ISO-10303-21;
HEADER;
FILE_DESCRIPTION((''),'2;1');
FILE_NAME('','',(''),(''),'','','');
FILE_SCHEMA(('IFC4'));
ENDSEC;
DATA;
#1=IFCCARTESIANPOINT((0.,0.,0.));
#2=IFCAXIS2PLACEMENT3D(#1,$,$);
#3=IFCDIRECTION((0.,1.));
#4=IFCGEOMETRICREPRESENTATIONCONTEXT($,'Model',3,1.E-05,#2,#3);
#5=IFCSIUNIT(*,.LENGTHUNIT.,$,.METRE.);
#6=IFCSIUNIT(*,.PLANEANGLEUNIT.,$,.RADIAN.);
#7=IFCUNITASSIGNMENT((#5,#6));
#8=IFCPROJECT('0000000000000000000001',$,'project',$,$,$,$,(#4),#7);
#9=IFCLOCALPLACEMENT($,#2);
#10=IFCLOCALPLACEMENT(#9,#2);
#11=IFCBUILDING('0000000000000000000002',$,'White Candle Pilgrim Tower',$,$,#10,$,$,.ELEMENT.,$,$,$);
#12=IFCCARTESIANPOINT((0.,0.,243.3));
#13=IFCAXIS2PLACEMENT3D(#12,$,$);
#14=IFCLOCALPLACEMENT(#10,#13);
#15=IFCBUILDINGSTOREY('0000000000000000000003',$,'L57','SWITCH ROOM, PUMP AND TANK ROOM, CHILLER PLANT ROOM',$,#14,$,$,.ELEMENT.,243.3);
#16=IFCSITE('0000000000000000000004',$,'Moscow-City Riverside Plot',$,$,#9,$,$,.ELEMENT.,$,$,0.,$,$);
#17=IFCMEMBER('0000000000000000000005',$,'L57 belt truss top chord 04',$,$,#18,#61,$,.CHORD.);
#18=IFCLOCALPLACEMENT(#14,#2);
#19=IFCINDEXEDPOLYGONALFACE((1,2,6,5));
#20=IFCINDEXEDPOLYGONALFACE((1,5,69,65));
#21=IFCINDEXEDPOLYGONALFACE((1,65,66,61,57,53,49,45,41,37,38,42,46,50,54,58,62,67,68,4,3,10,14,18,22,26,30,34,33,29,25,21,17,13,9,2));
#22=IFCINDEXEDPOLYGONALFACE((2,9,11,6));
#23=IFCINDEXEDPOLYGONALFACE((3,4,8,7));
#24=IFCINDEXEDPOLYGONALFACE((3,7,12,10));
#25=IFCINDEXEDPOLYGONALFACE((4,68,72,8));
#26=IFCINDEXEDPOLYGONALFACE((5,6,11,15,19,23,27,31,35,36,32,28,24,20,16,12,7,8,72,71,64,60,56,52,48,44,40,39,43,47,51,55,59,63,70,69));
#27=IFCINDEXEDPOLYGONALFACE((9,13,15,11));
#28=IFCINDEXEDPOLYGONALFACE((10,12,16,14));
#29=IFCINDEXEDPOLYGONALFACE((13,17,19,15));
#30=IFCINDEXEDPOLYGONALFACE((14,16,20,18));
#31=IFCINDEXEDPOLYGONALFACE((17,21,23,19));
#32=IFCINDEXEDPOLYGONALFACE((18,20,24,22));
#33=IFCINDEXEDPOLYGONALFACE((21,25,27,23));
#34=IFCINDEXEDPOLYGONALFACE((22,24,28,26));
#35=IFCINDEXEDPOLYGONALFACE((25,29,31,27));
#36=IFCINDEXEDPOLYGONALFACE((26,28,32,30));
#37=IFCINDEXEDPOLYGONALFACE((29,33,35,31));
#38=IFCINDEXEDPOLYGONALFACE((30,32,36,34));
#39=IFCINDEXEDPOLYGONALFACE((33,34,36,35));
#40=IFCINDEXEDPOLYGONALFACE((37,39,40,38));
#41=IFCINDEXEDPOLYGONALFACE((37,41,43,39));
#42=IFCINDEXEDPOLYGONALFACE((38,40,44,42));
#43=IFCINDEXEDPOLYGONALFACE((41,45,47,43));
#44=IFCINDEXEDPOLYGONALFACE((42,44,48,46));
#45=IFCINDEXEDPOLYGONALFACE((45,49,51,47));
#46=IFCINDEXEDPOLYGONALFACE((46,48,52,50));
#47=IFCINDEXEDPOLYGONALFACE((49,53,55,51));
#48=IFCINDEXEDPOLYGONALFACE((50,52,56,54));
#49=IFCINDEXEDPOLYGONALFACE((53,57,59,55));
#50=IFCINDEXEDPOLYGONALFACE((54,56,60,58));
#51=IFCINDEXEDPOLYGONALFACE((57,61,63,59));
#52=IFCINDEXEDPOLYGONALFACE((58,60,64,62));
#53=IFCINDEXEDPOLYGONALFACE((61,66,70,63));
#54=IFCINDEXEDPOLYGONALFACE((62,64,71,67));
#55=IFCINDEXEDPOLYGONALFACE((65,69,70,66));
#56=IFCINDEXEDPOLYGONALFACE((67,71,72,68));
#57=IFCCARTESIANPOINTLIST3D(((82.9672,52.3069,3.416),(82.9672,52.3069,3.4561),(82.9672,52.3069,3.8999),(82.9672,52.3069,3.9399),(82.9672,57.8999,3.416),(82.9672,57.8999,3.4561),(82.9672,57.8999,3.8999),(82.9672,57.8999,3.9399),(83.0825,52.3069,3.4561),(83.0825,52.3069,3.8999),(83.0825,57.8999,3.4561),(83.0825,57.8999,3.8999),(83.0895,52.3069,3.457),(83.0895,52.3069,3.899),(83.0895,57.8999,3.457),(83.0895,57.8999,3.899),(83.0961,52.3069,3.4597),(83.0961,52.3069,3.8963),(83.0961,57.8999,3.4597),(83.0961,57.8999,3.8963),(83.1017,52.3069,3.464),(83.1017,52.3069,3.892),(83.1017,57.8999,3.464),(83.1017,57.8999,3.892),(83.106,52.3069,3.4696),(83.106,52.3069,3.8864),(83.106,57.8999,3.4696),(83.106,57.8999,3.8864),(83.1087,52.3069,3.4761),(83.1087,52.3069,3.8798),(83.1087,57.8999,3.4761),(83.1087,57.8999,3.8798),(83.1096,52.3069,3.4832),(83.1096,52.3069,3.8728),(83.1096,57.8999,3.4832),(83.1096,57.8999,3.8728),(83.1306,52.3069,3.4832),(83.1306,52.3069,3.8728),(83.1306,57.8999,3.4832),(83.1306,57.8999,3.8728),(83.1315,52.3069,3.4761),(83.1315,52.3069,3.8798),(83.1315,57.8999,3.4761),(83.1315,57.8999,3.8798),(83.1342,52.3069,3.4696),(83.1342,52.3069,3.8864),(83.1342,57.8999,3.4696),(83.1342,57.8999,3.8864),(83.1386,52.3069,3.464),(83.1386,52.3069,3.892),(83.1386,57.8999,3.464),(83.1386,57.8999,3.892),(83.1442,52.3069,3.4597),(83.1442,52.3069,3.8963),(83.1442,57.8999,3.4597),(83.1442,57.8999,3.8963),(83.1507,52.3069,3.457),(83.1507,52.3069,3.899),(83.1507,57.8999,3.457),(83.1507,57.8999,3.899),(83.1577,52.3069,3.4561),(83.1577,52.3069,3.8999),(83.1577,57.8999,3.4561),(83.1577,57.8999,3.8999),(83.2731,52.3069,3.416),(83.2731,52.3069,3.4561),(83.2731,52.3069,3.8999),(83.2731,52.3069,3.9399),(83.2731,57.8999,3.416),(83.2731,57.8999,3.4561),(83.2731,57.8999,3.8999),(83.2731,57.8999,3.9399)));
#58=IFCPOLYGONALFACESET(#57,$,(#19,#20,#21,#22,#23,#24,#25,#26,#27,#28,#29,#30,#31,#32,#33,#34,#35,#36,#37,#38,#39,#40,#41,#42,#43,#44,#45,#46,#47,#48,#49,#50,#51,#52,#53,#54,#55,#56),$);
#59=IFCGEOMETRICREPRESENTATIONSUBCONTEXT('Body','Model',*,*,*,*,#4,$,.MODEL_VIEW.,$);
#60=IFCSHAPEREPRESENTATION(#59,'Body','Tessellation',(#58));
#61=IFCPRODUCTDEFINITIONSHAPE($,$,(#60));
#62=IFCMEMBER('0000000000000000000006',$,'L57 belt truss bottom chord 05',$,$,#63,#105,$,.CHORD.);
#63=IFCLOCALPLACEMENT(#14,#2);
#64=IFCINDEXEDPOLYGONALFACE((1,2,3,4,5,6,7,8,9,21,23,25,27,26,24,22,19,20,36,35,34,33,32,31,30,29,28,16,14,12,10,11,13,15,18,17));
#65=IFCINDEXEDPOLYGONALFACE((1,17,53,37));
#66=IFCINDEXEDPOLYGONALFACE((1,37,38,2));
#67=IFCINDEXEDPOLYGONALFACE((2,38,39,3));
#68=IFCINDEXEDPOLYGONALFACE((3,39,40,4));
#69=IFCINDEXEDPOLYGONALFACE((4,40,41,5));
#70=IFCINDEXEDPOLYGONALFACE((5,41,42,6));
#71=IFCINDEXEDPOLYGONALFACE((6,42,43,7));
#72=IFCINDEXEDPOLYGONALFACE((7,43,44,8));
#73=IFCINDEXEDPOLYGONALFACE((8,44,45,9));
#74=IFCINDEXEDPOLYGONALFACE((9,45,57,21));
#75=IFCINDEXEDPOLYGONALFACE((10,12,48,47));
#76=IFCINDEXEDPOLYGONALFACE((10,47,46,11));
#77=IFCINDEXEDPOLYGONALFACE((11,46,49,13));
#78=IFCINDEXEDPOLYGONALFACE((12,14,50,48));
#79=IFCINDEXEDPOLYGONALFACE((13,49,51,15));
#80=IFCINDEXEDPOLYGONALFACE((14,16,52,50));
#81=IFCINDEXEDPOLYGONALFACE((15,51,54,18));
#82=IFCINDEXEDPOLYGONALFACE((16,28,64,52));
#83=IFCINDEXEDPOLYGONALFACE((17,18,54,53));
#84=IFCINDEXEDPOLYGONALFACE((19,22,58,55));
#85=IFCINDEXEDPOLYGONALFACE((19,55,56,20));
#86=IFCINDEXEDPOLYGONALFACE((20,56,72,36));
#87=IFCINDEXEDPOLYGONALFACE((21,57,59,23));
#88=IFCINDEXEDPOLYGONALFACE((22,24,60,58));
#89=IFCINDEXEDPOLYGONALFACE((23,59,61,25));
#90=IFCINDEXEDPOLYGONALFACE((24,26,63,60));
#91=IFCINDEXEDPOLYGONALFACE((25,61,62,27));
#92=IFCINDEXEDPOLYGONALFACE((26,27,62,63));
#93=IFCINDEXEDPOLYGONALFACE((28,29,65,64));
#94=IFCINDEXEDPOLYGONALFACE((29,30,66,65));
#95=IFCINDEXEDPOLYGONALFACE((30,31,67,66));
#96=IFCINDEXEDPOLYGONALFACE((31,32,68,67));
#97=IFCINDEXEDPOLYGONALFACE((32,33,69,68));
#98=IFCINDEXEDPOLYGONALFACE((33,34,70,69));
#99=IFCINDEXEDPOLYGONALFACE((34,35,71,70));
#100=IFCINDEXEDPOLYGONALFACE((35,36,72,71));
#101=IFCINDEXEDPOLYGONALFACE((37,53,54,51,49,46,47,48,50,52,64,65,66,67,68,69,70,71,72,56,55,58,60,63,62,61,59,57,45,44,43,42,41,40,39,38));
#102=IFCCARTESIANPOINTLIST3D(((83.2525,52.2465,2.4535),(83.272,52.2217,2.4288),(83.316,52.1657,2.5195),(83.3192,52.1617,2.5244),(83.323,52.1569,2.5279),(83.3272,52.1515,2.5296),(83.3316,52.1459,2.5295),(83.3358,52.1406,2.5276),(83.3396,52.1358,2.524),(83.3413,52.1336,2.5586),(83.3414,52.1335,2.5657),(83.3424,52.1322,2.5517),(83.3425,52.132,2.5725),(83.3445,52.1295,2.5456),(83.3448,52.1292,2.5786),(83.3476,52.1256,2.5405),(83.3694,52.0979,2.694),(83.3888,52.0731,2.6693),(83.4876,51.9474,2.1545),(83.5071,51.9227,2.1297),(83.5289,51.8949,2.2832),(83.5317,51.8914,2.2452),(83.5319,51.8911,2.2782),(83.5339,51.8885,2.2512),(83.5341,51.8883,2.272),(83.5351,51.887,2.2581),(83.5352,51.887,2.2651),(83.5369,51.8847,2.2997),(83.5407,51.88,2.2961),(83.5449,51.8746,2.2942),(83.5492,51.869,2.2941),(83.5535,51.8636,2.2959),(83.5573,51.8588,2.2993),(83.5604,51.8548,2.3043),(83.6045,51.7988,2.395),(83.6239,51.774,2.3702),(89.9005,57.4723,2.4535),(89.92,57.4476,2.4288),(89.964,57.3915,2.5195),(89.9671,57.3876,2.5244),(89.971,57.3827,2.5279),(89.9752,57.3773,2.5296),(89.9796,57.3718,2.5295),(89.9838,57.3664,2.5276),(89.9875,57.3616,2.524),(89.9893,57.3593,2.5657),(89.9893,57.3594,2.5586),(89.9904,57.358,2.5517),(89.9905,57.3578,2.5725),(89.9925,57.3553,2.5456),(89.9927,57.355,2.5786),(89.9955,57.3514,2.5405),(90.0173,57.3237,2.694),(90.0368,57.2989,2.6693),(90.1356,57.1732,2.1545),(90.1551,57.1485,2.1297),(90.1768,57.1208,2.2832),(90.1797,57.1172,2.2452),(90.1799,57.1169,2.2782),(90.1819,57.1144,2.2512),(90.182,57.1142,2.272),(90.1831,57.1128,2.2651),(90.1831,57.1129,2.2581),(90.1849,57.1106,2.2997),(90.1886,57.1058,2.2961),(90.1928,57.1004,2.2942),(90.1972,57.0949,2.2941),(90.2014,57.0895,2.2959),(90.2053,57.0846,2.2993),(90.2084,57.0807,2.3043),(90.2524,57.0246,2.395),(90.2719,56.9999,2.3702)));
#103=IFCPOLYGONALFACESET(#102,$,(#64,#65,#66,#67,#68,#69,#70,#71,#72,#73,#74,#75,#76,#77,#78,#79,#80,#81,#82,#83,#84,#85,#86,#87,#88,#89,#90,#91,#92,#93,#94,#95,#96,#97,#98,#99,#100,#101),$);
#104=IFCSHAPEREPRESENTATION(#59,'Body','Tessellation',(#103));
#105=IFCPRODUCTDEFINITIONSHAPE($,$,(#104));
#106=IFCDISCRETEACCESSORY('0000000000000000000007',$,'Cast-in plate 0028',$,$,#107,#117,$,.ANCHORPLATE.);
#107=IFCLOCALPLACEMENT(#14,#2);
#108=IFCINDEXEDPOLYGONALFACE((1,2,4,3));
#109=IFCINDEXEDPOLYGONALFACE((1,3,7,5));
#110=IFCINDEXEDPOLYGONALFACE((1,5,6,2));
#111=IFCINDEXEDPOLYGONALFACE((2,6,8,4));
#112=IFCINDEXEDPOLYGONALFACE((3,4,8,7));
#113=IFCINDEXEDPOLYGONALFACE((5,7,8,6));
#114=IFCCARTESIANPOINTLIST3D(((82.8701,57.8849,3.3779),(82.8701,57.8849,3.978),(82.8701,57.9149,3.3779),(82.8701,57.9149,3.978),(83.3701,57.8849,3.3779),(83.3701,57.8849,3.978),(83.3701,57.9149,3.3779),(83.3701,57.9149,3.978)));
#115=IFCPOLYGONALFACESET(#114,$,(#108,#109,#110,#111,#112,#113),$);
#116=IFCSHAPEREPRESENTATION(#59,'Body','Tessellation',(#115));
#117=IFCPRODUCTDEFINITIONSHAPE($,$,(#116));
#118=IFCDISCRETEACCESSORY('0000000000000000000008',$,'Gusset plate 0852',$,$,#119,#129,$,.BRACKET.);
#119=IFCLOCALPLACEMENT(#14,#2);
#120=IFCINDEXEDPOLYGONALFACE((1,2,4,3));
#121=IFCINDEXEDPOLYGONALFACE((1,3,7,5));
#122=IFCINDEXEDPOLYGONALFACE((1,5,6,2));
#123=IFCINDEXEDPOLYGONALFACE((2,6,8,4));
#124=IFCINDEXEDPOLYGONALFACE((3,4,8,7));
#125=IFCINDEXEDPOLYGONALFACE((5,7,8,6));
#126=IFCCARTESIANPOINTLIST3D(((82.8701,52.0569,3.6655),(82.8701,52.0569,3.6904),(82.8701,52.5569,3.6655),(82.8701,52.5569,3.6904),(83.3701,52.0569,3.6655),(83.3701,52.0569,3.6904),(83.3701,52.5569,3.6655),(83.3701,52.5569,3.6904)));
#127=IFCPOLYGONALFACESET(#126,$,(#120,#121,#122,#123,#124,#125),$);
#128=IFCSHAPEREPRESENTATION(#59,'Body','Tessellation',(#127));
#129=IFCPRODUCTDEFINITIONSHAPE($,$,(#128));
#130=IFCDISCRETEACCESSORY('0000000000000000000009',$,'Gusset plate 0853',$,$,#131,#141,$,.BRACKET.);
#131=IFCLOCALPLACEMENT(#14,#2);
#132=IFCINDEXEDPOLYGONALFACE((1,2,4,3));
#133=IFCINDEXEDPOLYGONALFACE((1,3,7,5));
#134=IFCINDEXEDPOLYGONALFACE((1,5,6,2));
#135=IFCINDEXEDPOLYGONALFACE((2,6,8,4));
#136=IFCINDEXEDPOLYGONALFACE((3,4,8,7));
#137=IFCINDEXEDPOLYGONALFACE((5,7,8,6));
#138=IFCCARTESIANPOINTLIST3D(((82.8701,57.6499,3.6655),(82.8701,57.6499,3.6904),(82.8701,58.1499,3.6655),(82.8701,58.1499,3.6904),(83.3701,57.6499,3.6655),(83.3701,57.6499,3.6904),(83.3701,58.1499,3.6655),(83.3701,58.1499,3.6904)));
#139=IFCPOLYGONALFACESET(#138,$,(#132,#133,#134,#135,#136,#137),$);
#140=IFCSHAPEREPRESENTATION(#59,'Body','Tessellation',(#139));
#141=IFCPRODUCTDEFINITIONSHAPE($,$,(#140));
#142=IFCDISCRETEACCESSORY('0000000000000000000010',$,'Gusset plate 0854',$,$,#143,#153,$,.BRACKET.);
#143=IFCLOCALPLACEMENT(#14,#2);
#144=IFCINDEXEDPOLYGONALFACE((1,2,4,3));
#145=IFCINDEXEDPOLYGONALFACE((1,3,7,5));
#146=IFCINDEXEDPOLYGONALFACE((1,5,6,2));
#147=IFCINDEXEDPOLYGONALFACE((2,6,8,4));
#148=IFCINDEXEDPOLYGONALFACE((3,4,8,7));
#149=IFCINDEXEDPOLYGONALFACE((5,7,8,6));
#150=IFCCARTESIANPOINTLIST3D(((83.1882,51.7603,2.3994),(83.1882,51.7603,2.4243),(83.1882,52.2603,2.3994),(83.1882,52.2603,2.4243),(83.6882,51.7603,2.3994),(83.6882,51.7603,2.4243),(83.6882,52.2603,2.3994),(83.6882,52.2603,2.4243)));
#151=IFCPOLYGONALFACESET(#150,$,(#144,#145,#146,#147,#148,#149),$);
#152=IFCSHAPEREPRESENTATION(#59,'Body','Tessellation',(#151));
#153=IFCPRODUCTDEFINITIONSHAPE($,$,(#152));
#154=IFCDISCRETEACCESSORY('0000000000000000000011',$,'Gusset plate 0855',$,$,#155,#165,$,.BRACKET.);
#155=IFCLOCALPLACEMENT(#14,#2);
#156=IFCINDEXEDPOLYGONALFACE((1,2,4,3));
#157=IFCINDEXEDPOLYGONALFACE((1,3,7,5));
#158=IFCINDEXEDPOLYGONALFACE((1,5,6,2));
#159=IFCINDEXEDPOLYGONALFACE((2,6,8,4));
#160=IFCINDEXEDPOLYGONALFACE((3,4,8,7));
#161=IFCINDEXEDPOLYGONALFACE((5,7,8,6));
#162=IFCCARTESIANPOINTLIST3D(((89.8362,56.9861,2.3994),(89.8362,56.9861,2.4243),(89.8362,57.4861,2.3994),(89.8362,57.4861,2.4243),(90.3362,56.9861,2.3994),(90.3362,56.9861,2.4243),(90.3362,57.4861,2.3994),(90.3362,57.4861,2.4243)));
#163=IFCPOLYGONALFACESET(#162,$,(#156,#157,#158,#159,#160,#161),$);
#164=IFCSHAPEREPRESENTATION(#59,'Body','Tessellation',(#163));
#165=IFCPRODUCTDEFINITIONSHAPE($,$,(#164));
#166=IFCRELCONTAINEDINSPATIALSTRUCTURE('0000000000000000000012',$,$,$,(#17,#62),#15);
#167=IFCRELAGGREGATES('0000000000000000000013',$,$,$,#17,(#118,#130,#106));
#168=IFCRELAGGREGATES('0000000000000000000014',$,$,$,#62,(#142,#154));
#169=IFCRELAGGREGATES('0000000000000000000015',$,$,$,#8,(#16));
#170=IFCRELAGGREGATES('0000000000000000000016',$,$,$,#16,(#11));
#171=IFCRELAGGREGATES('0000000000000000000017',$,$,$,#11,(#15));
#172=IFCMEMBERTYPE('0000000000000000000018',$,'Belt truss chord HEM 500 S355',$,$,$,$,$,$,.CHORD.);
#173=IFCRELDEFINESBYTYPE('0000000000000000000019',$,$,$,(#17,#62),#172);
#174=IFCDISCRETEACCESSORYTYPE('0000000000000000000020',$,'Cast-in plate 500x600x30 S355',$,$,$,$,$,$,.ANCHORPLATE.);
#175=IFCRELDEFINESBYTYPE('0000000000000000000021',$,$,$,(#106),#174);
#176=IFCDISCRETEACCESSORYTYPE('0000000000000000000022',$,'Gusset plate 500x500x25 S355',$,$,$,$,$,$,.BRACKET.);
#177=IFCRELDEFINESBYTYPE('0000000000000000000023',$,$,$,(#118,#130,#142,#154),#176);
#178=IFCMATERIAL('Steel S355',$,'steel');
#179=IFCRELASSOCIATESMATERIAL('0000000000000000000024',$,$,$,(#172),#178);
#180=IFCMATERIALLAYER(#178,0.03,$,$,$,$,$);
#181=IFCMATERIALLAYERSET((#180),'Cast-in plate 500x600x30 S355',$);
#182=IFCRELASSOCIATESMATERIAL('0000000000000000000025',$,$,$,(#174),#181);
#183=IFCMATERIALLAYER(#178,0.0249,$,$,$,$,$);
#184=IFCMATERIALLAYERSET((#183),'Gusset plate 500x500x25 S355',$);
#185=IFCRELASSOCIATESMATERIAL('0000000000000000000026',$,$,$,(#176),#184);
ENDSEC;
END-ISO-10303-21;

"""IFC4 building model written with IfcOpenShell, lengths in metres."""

from ifc_helpers import new_model, si_unit, direction, frame, origin, origin_2d, place, context, subcontext, project, spatial, rectangle, i_section, extrude, material, layer, layer_set, material_profile, profile_set, type_object, element, aggregate, save


model = new_model("IFC4")

# Units and contexts
model_context = context("Model", 3, precision=1e-05, world=origin(), true_north=direction((0.0, 1.0)))
body_context = subcontext(model_context, "Body", "Model", "MODEL_VIEW")
ifc_project = project(units=[si_unit("LENGTHUNIT", "METRE"), si_unit("PLANEANGLEUNIT", "RADIAN")], contexts=[model_context])

# Site, building, storey
site_placement = place(None, origin())
site = spatial("IfcSite", under=ifc_project, at=site_placement, Name="Moscow-City Riverside Plot", CompositionType="ELEMENT", RefElevation=0.0)
building_placement = place(site_placement, origin())
building = spatial("IfcBuilding", under=site, at=building_placement, Name="White Candle Pilgrim Tower", CompositionType="ELEMENT")
storey_placement = place(building_placement, frame((0.0, 0.0, 243.3)))
storey = spatial("IfcBuildingStorey", under=building, at=storey_placement, Name="L57", Description="SWITCH ROOM, PUMP AND TANK ROOM, CHILLER PLANT ROOM", CompositionType="ELEMENT", Elevation=243.3)

# Members
ifc_material_1 = material(Name="Steel S355", Category="steel")
ifc_material_profile_1 = material_profile(ifc_material_1, i_section(OverallWidth=0.3059, OverallDepth=0.5239, WebThickness=0.021, FlangeThickness=0.04, FilletRadius=0.0271, at=origin_2d()), Name="HEM 500")
ifc_profile_set_1 = profile_set([ifc_material_profile_1], Name="Steel S355")
member_type_1 = type_object("IfcMemberType", Name="Belt truss chord HEM 500 S355", PredefinedType="CHORD", material=ifc_profile_set_1)
member_1_placement = place(storey_placement, frame((83.1201, 52.3069, 3.678), z_axis=(0.0, 1.0, 0.0), x_axis=(1.0, 0.0, 0.0)))
member_1 = element("IfcMember", 1, at=member_1_placement, inside=storey, type_object=member_type_1, Name="L57 belt truss top chord 04", PredefinedType="CHORD", context=body_context, shape_type="SweptSolid", body=[
    extrude(i_section(OverallWidth=0.3059, OverallDepth=0.5239, WebThickness=0.021, FlangeThickness=0.04, FilletRadius=0.0271, at=origin_2d()), origin(), (0.0, 0.0, 1.0), 5.593),
])
member_2_placement = place(storey_placement, frame((83.4382, 52.0103, 2.4119), z_axis=(0.786178, 0.618, 0.0), x_axis=(0.381922, -0.485855, 0.786181)))
member_2 = element("IfcMember", 2, at=member_2_placement, inside=storey, type_object=member_type_1, Name="L57 belt truss bottom chord 05", PredefinedType="CHORD", context=body_context, shape_type="SweptSolid", body=[
    extrude(i_section(OverallWidth=0.3059, OverallDepth=0.5239, WebThickness=0.021, FlangeThickness=0.04, FilletRadius=0.0271, at=origin_2d()), origin(), (0.0, 0.0, 1.0), 8.4561),
])

# Discrete accessories
ifc_layer_1 = layer(ifc_material_1, 0.03)
ifc_layer_set_1 = layer_set([ifc_layer_1], Name="Cast-in plate 500x600x30 S355")
discrete_accessory_type_1 = type_object("IfcDiscreteAccessoryType", Name="Cast-in plate 500x600x30 S355", PredefinedType="ANCHORPLATE", material=ifc_layer_set_1)
discrete_accessory_1_placement = place(storey_placement, frame((83.1201, 57.8999, 3.3779), z_axis=(0.0, 0.0, 1.0), x_axis=(0.0, -1.0, 0.0)))
discrete_accessory_1 = element("IfcDiscreteAccessory", 3, at=discrete_accessory_1_placement, type_object=discrete_accessory_type_1, Name="Cast-in plate 0028", PredefinedType="ANCHORPLATE", context=body_context, shape_type="SweptSolid", body=[
    extrude(rectangle(XDim=0.03, YDim=0.5, at=origin_2d()), origin(), (0.0, 0.0, 1.0), 0.6001),
])
ifc_layer_2 = layer(ifc_material_1, 0.0249)
ifc_layer_set_2 = layer_set([ifc_layer_2], Name="Gusset plate 500x500x25 S355")
discrete_accessory_type_2 = type_object("IfcDiscreteAccessoryType", Name="Gusset plate 500x500x25 S355", PredefinedType="BRACKET", material=ifc_layer_set_2)
discrete_accessory_2_placement = place(storey_placement, frame((83.1201, 52.3069, 3.6655), z_axis=(0.0, 0.0, 1.0), x_axis=(1.0, 0.0, 0.0)))
discrete_accessory_2 = element("IfcDiscreteAccessory", 4, at=discrete_accessory_2_placement, type_object=discrete_accessory_type_2, Name="Gusset plate 0852", PredefinedType="BRACKET", context=body_context, shape_type="SweptSolid", body=[
    extrude(rectangle(XDim=0.5, YDim=0.5, at=origin_2d()), origin(), (0.0, 0.0, 1.0), 0.0249),
])
discrete_accessory_3_placement = place(storey_placement, frame((83.1201, 57.8999, 3.6655), z_axis=(0.0, 0.0, 1.0), x_axis=(1.0, 0.0, 0.0)))
discrete_accessory_3 = element("IfcDiscreteAccessory", 5, at=discrete_accessory_3_placement, type_object=discrete_accessory_type_2, Name="Gusset plate 0853", PredefinedType="BRACKET", context=body_context, shape_type="SweptSolid", body=[
    extrude(rectangle(XDim=0.5, YDim=0.5, at=origin_2d()), origin(), (0.0, 0.0, 1.0), 0.0249),
])
aggregate(member_1, [discrete_accessory_2, discrete_accessory_3, discrete_accessory_1])
discrete_accessory_4_placement = place(storey_placement, frame((83.4382, 52.0103, 2.3994), z_axis=(0.0, 0.0, 1.0), x_axis=(1.0, 0.0, 0.0)))
discrete_accessory_4 = element("IfcDiscreteAccessory", 6, at=discrete_accessory_4_placement, type_object=discrete_accessory_type_2, Name="Gusset plate 0854", PredefinedType="BRACKET", context=body_context, shape_type="SweptSolid", body=[
    extrude(rectangle(XDim=0.5, YDim=0.5, at=origin_2d()), origin(), (0.0, 0.0, 1.0), 0.0249),
])
discrete_accessory_5_placement = place(storey_placement, frame((90.0862, 57.2361, 2.3994), z_axis=(0.0, 0.0, 1.0), x_axis=(1.0, 0.0, 0.0)))
discrete_accessory_5 = element("IfcDiscreteAccessory", 7, at=discrete_accessory_5_placement, type_object=discrete_accessory_type_2, Name="Gusset plate 0855", PredefinedType="BRACKET", context=body_context, shape_type="SweptSolid", body=[
    extrude(rectangle(XDim=0.5, YDim=0.5, at=origin_2d()), origin(), (0.0, 0.0, 1.0), 0.0249),
])
aggregate(member_2, [discrete_accessory_4, discrete_accessory_5])

save(model, "model.ifc")
